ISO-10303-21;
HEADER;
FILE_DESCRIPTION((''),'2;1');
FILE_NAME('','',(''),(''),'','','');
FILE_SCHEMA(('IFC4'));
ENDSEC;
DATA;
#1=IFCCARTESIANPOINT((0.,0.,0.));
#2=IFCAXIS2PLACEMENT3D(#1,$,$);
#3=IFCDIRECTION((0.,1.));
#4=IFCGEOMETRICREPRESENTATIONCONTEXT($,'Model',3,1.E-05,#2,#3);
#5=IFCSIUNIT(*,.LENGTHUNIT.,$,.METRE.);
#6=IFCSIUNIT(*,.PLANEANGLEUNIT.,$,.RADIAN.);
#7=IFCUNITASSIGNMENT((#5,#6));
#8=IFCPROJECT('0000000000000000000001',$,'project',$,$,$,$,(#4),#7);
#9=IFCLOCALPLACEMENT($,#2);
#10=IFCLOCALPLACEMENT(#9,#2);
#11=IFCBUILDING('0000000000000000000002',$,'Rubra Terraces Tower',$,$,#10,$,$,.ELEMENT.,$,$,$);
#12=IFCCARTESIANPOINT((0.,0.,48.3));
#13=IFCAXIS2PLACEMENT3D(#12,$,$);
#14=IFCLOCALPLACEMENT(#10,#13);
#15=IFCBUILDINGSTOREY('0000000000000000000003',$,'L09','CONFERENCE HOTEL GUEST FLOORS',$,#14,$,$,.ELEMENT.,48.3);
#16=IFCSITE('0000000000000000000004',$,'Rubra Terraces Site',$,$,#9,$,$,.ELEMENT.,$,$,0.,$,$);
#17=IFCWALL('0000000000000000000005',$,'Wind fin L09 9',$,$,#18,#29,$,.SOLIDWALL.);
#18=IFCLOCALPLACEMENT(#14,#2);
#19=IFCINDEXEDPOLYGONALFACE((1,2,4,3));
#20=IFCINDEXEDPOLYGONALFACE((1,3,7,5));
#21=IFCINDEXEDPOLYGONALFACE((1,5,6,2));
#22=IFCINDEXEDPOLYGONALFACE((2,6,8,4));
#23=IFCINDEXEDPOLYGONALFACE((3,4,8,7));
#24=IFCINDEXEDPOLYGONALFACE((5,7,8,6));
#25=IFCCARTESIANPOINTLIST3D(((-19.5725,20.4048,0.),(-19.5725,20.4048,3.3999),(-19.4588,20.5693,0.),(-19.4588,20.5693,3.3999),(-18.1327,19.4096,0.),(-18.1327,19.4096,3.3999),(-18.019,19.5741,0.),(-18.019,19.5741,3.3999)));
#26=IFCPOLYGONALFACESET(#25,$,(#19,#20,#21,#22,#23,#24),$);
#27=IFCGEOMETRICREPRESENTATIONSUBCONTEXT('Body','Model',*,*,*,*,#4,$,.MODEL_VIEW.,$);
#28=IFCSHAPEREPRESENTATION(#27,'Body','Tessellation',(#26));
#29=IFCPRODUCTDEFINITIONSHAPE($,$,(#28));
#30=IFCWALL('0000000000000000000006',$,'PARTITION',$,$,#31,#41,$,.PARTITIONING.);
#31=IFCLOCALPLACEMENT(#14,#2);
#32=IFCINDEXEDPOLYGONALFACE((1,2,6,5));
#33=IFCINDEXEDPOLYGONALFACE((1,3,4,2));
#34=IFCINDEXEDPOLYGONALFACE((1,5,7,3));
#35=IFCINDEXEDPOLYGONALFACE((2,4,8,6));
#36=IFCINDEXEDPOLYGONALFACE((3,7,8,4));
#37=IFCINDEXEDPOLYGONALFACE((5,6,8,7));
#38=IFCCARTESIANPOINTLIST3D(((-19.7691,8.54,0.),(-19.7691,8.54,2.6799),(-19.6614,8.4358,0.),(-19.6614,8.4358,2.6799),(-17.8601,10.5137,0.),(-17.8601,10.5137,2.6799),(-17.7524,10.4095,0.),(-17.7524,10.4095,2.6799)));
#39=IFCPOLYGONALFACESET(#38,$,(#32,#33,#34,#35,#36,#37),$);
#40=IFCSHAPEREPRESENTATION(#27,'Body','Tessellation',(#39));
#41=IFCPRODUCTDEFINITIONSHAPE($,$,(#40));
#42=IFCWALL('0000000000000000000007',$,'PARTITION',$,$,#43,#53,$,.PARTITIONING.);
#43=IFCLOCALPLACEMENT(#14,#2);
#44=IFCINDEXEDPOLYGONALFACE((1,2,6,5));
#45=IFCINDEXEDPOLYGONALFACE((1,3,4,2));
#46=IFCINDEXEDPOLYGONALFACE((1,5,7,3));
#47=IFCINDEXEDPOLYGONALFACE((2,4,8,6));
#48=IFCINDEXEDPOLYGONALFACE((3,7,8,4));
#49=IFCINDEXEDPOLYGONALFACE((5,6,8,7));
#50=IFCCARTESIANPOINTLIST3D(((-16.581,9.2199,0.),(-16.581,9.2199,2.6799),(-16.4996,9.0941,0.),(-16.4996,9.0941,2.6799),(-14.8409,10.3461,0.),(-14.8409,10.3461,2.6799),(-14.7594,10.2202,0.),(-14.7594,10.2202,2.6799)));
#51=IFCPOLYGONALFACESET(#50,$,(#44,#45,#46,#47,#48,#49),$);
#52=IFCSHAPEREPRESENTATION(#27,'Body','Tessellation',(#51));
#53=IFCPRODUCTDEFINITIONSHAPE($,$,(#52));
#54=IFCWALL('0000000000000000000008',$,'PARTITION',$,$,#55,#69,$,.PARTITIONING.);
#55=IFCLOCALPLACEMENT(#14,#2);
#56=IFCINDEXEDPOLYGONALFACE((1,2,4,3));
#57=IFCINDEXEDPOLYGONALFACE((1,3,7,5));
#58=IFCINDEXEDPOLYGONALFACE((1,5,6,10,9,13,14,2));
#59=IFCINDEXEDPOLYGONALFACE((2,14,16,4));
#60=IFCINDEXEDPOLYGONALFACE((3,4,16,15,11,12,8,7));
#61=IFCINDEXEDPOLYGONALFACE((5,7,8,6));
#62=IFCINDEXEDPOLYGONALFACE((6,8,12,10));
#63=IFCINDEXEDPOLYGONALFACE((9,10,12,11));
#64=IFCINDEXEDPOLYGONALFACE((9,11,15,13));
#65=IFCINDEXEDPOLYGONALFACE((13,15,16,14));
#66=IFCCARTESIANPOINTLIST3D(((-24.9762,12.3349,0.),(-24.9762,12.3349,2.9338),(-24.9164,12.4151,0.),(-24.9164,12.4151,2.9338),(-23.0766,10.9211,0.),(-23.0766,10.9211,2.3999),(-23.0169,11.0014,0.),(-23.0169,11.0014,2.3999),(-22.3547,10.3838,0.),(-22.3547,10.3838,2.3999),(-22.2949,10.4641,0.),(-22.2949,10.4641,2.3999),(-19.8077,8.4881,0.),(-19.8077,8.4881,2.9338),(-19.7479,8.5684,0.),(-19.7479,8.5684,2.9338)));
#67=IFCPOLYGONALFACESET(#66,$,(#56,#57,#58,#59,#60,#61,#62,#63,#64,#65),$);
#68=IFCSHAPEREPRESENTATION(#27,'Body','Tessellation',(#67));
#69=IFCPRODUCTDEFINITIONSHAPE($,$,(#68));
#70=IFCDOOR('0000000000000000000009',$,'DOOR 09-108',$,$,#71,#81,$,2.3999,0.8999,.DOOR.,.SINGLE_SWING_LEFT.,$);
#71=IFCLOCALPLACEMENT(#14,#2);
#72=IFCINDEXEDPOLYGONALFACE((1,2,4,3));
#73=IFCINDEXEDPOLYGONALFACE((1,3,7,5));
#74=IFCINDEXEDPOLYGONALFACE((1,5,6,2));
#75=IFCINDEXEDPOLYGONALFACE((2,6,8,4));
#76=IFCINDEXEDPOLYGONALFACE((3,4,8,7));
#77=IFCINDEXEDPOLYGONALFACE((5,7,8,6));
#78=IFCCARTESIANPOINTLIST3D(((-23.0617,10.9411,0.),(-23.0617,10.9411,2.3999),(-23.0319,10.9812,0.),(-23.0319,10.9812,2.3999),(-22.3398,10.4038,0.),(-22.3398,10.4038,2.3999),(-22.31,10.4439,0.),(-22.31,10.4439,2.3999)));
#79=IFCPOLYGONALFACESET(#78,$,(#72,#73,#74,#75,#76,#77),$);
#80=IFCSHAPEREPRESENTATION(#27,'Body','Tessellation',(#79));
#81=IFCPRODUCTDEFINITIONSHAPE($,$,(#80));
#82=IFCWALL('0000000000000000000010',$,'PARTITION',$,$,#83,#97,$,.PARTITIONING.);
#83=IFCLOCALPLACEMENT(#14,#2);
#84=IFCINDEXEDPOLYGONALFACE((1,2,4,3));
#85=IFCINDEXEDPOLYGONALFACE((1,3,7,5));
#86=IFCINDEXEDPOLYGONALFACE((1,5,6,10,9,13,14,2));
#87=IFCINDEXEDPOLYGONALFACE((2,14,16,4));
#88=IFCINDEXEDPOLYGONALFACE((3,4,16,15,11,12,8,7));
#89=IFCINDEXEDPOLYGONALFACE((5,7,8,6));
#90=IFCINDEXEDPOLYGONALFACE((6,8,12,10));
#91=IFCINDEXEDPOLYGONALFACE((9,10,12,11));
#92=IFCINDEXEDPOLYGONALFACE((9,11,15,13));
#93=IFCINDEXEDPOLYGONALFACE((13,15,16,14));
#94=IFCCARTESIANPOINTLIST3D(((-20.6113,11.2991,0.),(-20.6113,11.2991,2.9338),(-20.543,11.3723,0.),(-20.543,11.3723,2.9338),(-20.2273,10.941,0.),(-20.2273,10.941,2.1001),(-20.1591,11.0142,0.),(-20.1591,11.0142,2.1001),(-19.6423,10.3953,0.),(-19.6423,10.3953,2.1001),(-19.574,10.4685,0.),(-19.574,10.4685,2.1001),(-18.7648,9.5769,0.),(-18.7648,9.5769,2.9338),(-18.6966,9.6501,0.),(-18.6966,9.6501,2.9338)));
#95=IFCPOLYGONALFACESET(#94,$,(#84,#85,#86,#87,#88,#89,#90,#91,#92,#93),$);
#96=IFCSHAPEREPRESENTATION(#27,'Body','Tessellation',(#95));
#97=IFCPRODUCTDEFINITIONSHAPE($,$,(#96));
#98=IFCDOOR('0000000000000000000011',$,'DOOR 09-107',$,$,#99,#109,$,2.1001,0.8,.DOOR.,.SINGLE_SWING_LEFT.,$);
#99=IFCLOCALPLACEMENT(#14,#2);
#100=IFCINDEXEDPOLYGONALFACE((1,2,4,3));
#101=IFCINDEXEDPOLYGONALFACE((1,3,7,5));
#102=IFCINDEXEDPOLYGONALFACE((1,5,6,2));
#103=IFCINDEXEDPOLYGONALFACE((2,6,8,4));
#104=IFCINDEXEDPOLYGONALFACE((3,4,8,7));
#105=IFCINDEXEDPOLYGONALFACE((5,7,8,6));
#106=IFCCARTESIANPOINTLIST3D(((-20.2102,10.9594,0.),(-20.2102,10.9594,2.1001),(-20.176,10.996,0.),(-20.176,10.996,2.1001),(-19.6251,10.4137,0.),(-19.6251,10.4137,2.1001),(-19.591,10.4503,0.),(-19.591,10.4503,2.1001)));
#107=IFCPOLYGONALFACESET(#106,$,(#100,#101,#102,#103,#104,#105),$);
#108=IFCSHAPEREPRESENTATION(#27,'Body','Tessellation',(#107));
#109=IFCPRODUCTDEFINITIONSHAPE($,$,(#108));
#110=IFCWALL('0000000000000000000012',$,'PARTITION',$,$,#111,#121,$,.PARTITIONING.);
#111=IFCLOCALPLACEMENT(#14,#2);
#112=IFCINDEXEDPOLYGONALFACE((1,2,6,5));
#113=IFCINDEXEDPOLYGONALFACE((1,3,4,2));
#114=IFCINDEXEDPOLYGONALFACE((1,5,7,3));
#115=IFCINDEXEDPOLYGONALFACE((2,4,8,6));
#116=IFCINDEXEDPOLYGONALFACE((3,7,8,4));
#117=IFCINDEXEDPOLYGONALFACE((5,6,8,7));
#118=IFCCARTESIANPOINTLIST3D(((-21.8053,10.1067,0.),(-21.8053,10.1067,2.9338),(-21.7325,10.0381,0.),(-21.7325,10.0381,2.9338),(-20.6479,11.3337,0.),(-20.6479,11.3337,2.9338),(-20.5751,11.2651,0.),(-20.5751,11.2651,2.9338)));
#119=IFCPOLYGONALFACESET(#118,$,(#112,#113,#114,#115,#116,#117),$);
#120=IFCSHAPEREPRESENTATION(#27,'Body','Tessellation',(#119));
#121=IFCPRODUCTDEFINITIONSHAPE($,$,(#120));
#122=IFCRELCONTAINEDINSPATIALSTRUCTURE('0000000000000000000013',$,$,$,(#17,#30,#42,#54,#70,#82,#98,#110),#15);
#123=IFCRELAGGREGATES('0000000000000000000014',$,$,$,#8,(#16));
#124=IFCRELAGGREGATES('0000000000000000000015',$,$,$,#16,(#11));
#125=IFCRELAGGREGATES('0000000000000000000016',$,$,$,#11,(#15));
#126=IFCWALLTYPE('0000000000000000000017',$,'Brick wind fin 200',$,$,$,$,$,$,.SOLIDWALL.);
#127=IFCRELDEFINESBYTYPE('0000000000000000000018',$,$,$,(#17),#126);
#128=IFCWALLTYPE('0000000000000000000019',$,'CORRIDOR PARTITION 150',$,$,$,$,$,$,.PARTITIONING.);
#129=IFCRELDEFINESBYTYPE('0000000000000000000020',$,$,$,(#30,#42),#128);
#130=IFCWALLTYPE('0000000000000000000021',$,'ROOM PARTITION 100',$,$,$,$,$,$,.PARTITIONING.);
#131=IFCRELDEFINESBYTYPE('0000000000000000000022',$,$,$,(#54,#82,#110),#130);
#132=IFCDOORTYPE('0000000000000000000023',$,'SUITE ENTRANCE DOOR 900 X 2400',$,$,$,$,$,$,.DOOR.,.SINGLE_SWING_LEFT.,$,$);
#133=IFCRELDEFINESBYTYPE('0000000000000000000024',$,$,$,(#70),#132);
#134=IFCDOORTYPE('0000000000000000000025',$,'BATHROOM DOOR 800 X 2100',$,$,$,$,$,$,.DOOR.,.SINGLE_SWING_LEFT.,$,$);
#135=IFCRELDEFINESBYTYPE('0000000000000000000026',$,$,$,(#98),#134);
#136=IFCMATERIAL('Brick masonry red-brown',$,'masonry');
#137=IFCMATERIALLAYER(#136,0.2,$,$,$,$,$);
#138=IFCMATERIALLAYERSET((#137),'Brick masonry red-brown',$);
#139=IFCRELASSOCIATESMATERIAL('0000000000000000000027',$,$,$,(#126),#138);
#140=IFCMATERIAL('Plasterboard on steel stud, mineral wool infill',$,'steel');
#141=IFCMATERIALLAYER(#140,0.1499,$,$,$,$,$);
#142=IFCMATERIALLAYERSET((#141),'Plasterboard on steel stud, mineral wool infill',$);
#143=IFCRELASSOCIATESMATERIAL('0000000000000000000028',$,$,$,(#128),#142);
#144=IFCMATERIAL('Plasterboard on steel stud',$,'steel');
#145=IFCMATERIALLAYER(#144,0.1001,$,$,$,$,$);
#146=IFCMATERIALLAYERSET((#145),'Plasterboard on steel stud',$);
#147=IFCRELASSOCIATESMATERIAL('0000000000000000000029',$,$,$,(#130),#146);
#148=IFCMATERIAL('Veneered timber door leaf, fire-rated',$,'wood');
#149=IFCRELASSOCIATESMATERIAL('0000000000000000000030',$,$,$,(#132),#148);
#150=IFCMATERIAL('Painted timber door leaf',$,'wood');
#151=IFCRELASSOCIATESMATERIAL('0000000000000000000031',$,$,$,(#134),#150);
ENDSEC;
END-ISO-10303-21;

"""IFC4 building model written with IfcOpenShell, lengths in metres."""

from ifc_helpers import new_model, si_unit, direction, frame, frame_2d, origin, place, context, subcontext, project, spatial, rectangle, extrude, material, layer, layer_set, type_object, element, fill, save


model = new_model("IFC4")

# Units and contexts
model_context = context("Model", 3, precision=1e-05, world=origin(), true_north=direction((0.0, 1.0)))
body_context = subcontext(model_context, "Body", "Model", "MODEL_VIEW")
ifc_project = project(units=[si_unit("LENGTHUNIT", "METRE"), si_unit("PLANEANGLEUNIT", "RADIAN")], contexts=[model_context])

# Site, building, storey
site_placement = place(None, origin())
site = spatial("IfcSite", under=ifc_project, at=site_placement, Name="Rubra Terraces Site", CompositionType="ELEMENT", RefElevation=0.0)
building_placement = place(site_placement, origin())
building = spatial("IfcBuilding", under=site, at=building_placement, Name="Rubra Terraces Tower", CompositionType="ELEMENT")
storey_placement = place(building_placement, frame((0.0, 0.0, 48.3)))
storey = spatial("IfcBuildingStorey", under=building, at=storey_placement, Name="L09", Description="CONFERENCE HOTEL GUEST FLOORS", CompositionType="ELEMENT", Elevation=48.3)

# Shared definitions
ifc_material_1 = material(Name="Brick masonry red-brown", Category="masonry")

# Walls
ifc_layer_1 = layer(ifc_material_1, 0.2)
ifc_layer_set_1 = layer_set([ifc_layer_1], Name="Brick masonry red-brown")
wall_type_1 = type_object("IfcWallType", Name="Brick wind fin 200", PredefinedType="SOLIDWALL", material=ifc_layer_set_1)
wall_1_placement = place(storey_placement, frame((-18.0759, 19.4919, 0.0), z_axis=(0.0, 0.0, 1.0), x_axis=(-0.822619, 0.568593, 0.0)))
element("IfcWall", 1, at=wall_1_placement, inside=storey, type_object=wall_type_1, Name="Wind fin L09 9", PredefinedType="SOLIDWALL", context=body_context, shape_type="SweptSolid", body=[
    extrude(rectangle(XDim=1.7502, YDim=0.2, at=frame_2d((0.875, 0.0))), origin(), (0.0, 0.0, 1.0), 3.3999),
])
ifc_material_2 = material(Name="Plasterboard on steel stud, mineral wool infill", Category="steel")
ifc_layer_2 = layer(ifc_material_2, 0.1499)
ifc_layer_set_2 = layer_set([ifc_layer_2], Name="Plasterboard on steel stud, mineral wool infill")
wall_type_2 = type_object("IfcWallType", Name="CORRIDOR PARTITION 150", PredefinedType="PARTITIONING", material=ifc_layer_set_2)
wall_2_placement = place(storey_placement, frame((-17.8062, 10.4617, 0.0), z_axis=(0.0, 0.0, 1.0), x_axis=(-0.695227, -0.71879, 0.0)))
element("IfcWall", 2, at=wall_2_placement, inside=storey, type_object=wall_type_2, Name="PARTITION", PredefinedType="PARTITIONING", context=body_context, shape_type="SweptSolid", body=[
    extrude(rectangle(XDim=2.7458, YDim=0.1499, at=frame_2d((1.373, 0.0))), origin(), (0.0, 0.0, 1.0), 2.6799),
])
wall_3_placement = place(storey_placement, frame((-16.5403, 9.157, 0.0), z_axis=(0.0, 0.0, 1.0), x_axis=(0.839529, 0.543315, 0.0)))
element("IfcWall", 3, at=wall_3_placement, inside=storey, type_object=wall_type_2, Name="PARTITION", PredefinedType="PARTITIONING", context=body_context, shape_type="SweptSolid", body=[
    extrude(rectangle(XDim=2.0728, YDim=0.1499, at=frame_2d((1.0364, 0.0))), origin(), (0.0, 0.0, 1.0), 2.6799),
])

# Walls, openings, doors
ifc_material_3 = material(Name="Plasterboard on steel stud", Category="steel")
ifc_layer_3 = layer(ifc_material_3, 0.1001)
ifc_layer_set_3 = layer_set([ifc_layer_3], Name="Plasterboard on steel stud")
wall_type_3 = type_object("IfcWallType", Name="ROOM PARTITION 100", PredefinedType="PARTITIONING", material=ifc_layer_set_3)
wall_4_placement = place(storey_placement, frame((-24.9463, 12.375, 0.0), z_axis=(0.0, 0.0, 1.0), x_axis=(0.802205, -0.597049, 0.0)))
wall_4 = element("IfcWall", 4, at=wall_4_placement, inside=storey, type_object=wall_type_3, Name="PARTITION", PredefinedType="PARTITIONING", context=body_context, shape_type="SweptSolid", body=[
    extrude(rectangle(XDim=6.4429, YDim=0.1001, at=frame_2d((3.2214, 0.0))), origin(), (0.0, 0.0, 1.0), 2.9338),
])
opening_1_placement = place(wall_4_placement, frame((2.3679, 0.0, 0.0)))
opening_1 = element("IfcOpeningElement", 5, at=opening_1_placement, cuts=wall_4, PredefinedType="OPENING", context=body_context, shape_type="SweptSolid", body=[
    extrude(rectangle(XDim=0.8999, YDim=2.3999, at=frame_2d((0.45, 1.2))), frame((0.0, 0.0601, 0.0), z_axis=(0.0, -1.0, 0.0), x_axis=(1.0, 0.0, 0.0)), (0.0, 0.0, 1.0), 0.1201),
])
ifc_material_4 = material(Name="Veneered timber door leaf, fire-rated", Category="wood")
door_type_1 = type_object("IfcDoorType", Name="SUITE ENTRANCE DOOR 900 X 2400", OperationType="SINGLE_SWING_LEFT", PredefinedType="DOOR", material=ifc_material_4)
door_1_placement = place(opening_1_placement, origin())
door_1 = element("IfcDoor", 6, at=door_1_placement, inside=storey, type_object=door_type_1, Name="DOOR 09-108", OperationType="SINGLE_SWING_LEFT", OverallHeight=2.3999, OverallWidth=0.8999, PredefinedType="DOOR", context=body_context, shape_type="SweptSolid", body=[
    extrude(rectangle(XDim=0.8999, YDim=2.3999, at=frame_2d((0.45, 1.2))), frame((0.0, 0.0249, 0.0), z_axis=(0.0, -1.0, 0.0), x_axis=(1.0, 0.0, 0.0)), (0.0, 0.0, 1.0), 0.05),
])
fill(opening_1, door_1)
wall_5_placement = place(storey_placement, frame((-18.7307, 9.6135, 0.0), z_axis=(0.0, 0.0, 1.0), x_axis=(-0.731287, 0.68207, 0.0)))
wall_5 = element("IfcWall", 7, at=wall_5_placement, inside=storey, type_object=wall_type_3, Name="PARTITION", PredefinedType="PARTITIONING", context=body_context, shape_type="SweptSolid", body=[
    extrude(rectangle(XDim=2.5249, YDim=0.1001, at=frame_2d((1.2625, 0.0))), origin(), (0.0, 0.0, 1.0), 2.9338),
])
opening_2_placement = place(wall_5_placement, frame((1.2, 0.0, 0.0)))
opening_2 = element("IfcOpeningElement", 8, at=opening_2_placement, cuts=wall_5, PredefinedType="OPENING", context=body_context, shape_type="SweptSolid", body=[
    extrude(rectangle(XDim=0.8, YDim=2.1001, at=frame_2d((0.3999, 1.05))), frame((0.0, 0.0601, 0.0), z_axis=(0.0, -1.0, 0.0), x_axis=(1.0, 0.0, 0.0)), (0.0, 0.0, 1.0), 0.1201),
])
ifc_material_5 = material(Name="Painted timber door leaf", Category="wood")
door_type_2 = type_object("IfcDoorType", Name="BATHROOM DOOR 800 X 2100", OperationType="SINGLE_SWING_LEFT", PredefinedType="DOOR", material=ifc_material_5)
door_2_placement = place(opening_2_placement, origin())
door_2 = element("IfcDoor", 9, at=door_2_placement, inside=storey, type_object=door_type_2, Name="DOOR 09-107", OperationType="SINGLE_SWING_LEFT", OverallHeight=2.1001, OverallWidth=0.8, PredefinedType="DOOR", context=body_context, shape_type="SweptSolid", body=[
    extrude(rectangle(XDim=0.8, YDim=2.1001, at=frame_2d((0.3999, 1.05))), frame((0.0, 0.0249, 0.0), z_axis=(0.0, -1.0, 0.0), x_axis=(1.0, 0.0, 0.0)), (0.0, 0.0, 1.0), 0.05),
])
fill(opening_2, door_2)

# Wall
wall_6_placement = place(storey_placement, frame((-20.6116, 11.2993, 0.0), z_axis=(0.0, 0.0, 1.0), x_axis=(-0.686181, -0.72743, 0.0)))
element("IfcWall", 10, at=wall_6_placement, inside=storey, type_object=wall_type_3, Name="PARTITION", PredefinedType="PARTITIONING", context=body_context, shape_type="SweptSolid", body=[
    extrude(rectangle(XDim=1.6868, YDim=0.1001, at=frame_2d((0.8433, 0.0))), origin(), (0.0, 0.0, 1.0), 2.9338),
])

save(model, "model.ifc")
